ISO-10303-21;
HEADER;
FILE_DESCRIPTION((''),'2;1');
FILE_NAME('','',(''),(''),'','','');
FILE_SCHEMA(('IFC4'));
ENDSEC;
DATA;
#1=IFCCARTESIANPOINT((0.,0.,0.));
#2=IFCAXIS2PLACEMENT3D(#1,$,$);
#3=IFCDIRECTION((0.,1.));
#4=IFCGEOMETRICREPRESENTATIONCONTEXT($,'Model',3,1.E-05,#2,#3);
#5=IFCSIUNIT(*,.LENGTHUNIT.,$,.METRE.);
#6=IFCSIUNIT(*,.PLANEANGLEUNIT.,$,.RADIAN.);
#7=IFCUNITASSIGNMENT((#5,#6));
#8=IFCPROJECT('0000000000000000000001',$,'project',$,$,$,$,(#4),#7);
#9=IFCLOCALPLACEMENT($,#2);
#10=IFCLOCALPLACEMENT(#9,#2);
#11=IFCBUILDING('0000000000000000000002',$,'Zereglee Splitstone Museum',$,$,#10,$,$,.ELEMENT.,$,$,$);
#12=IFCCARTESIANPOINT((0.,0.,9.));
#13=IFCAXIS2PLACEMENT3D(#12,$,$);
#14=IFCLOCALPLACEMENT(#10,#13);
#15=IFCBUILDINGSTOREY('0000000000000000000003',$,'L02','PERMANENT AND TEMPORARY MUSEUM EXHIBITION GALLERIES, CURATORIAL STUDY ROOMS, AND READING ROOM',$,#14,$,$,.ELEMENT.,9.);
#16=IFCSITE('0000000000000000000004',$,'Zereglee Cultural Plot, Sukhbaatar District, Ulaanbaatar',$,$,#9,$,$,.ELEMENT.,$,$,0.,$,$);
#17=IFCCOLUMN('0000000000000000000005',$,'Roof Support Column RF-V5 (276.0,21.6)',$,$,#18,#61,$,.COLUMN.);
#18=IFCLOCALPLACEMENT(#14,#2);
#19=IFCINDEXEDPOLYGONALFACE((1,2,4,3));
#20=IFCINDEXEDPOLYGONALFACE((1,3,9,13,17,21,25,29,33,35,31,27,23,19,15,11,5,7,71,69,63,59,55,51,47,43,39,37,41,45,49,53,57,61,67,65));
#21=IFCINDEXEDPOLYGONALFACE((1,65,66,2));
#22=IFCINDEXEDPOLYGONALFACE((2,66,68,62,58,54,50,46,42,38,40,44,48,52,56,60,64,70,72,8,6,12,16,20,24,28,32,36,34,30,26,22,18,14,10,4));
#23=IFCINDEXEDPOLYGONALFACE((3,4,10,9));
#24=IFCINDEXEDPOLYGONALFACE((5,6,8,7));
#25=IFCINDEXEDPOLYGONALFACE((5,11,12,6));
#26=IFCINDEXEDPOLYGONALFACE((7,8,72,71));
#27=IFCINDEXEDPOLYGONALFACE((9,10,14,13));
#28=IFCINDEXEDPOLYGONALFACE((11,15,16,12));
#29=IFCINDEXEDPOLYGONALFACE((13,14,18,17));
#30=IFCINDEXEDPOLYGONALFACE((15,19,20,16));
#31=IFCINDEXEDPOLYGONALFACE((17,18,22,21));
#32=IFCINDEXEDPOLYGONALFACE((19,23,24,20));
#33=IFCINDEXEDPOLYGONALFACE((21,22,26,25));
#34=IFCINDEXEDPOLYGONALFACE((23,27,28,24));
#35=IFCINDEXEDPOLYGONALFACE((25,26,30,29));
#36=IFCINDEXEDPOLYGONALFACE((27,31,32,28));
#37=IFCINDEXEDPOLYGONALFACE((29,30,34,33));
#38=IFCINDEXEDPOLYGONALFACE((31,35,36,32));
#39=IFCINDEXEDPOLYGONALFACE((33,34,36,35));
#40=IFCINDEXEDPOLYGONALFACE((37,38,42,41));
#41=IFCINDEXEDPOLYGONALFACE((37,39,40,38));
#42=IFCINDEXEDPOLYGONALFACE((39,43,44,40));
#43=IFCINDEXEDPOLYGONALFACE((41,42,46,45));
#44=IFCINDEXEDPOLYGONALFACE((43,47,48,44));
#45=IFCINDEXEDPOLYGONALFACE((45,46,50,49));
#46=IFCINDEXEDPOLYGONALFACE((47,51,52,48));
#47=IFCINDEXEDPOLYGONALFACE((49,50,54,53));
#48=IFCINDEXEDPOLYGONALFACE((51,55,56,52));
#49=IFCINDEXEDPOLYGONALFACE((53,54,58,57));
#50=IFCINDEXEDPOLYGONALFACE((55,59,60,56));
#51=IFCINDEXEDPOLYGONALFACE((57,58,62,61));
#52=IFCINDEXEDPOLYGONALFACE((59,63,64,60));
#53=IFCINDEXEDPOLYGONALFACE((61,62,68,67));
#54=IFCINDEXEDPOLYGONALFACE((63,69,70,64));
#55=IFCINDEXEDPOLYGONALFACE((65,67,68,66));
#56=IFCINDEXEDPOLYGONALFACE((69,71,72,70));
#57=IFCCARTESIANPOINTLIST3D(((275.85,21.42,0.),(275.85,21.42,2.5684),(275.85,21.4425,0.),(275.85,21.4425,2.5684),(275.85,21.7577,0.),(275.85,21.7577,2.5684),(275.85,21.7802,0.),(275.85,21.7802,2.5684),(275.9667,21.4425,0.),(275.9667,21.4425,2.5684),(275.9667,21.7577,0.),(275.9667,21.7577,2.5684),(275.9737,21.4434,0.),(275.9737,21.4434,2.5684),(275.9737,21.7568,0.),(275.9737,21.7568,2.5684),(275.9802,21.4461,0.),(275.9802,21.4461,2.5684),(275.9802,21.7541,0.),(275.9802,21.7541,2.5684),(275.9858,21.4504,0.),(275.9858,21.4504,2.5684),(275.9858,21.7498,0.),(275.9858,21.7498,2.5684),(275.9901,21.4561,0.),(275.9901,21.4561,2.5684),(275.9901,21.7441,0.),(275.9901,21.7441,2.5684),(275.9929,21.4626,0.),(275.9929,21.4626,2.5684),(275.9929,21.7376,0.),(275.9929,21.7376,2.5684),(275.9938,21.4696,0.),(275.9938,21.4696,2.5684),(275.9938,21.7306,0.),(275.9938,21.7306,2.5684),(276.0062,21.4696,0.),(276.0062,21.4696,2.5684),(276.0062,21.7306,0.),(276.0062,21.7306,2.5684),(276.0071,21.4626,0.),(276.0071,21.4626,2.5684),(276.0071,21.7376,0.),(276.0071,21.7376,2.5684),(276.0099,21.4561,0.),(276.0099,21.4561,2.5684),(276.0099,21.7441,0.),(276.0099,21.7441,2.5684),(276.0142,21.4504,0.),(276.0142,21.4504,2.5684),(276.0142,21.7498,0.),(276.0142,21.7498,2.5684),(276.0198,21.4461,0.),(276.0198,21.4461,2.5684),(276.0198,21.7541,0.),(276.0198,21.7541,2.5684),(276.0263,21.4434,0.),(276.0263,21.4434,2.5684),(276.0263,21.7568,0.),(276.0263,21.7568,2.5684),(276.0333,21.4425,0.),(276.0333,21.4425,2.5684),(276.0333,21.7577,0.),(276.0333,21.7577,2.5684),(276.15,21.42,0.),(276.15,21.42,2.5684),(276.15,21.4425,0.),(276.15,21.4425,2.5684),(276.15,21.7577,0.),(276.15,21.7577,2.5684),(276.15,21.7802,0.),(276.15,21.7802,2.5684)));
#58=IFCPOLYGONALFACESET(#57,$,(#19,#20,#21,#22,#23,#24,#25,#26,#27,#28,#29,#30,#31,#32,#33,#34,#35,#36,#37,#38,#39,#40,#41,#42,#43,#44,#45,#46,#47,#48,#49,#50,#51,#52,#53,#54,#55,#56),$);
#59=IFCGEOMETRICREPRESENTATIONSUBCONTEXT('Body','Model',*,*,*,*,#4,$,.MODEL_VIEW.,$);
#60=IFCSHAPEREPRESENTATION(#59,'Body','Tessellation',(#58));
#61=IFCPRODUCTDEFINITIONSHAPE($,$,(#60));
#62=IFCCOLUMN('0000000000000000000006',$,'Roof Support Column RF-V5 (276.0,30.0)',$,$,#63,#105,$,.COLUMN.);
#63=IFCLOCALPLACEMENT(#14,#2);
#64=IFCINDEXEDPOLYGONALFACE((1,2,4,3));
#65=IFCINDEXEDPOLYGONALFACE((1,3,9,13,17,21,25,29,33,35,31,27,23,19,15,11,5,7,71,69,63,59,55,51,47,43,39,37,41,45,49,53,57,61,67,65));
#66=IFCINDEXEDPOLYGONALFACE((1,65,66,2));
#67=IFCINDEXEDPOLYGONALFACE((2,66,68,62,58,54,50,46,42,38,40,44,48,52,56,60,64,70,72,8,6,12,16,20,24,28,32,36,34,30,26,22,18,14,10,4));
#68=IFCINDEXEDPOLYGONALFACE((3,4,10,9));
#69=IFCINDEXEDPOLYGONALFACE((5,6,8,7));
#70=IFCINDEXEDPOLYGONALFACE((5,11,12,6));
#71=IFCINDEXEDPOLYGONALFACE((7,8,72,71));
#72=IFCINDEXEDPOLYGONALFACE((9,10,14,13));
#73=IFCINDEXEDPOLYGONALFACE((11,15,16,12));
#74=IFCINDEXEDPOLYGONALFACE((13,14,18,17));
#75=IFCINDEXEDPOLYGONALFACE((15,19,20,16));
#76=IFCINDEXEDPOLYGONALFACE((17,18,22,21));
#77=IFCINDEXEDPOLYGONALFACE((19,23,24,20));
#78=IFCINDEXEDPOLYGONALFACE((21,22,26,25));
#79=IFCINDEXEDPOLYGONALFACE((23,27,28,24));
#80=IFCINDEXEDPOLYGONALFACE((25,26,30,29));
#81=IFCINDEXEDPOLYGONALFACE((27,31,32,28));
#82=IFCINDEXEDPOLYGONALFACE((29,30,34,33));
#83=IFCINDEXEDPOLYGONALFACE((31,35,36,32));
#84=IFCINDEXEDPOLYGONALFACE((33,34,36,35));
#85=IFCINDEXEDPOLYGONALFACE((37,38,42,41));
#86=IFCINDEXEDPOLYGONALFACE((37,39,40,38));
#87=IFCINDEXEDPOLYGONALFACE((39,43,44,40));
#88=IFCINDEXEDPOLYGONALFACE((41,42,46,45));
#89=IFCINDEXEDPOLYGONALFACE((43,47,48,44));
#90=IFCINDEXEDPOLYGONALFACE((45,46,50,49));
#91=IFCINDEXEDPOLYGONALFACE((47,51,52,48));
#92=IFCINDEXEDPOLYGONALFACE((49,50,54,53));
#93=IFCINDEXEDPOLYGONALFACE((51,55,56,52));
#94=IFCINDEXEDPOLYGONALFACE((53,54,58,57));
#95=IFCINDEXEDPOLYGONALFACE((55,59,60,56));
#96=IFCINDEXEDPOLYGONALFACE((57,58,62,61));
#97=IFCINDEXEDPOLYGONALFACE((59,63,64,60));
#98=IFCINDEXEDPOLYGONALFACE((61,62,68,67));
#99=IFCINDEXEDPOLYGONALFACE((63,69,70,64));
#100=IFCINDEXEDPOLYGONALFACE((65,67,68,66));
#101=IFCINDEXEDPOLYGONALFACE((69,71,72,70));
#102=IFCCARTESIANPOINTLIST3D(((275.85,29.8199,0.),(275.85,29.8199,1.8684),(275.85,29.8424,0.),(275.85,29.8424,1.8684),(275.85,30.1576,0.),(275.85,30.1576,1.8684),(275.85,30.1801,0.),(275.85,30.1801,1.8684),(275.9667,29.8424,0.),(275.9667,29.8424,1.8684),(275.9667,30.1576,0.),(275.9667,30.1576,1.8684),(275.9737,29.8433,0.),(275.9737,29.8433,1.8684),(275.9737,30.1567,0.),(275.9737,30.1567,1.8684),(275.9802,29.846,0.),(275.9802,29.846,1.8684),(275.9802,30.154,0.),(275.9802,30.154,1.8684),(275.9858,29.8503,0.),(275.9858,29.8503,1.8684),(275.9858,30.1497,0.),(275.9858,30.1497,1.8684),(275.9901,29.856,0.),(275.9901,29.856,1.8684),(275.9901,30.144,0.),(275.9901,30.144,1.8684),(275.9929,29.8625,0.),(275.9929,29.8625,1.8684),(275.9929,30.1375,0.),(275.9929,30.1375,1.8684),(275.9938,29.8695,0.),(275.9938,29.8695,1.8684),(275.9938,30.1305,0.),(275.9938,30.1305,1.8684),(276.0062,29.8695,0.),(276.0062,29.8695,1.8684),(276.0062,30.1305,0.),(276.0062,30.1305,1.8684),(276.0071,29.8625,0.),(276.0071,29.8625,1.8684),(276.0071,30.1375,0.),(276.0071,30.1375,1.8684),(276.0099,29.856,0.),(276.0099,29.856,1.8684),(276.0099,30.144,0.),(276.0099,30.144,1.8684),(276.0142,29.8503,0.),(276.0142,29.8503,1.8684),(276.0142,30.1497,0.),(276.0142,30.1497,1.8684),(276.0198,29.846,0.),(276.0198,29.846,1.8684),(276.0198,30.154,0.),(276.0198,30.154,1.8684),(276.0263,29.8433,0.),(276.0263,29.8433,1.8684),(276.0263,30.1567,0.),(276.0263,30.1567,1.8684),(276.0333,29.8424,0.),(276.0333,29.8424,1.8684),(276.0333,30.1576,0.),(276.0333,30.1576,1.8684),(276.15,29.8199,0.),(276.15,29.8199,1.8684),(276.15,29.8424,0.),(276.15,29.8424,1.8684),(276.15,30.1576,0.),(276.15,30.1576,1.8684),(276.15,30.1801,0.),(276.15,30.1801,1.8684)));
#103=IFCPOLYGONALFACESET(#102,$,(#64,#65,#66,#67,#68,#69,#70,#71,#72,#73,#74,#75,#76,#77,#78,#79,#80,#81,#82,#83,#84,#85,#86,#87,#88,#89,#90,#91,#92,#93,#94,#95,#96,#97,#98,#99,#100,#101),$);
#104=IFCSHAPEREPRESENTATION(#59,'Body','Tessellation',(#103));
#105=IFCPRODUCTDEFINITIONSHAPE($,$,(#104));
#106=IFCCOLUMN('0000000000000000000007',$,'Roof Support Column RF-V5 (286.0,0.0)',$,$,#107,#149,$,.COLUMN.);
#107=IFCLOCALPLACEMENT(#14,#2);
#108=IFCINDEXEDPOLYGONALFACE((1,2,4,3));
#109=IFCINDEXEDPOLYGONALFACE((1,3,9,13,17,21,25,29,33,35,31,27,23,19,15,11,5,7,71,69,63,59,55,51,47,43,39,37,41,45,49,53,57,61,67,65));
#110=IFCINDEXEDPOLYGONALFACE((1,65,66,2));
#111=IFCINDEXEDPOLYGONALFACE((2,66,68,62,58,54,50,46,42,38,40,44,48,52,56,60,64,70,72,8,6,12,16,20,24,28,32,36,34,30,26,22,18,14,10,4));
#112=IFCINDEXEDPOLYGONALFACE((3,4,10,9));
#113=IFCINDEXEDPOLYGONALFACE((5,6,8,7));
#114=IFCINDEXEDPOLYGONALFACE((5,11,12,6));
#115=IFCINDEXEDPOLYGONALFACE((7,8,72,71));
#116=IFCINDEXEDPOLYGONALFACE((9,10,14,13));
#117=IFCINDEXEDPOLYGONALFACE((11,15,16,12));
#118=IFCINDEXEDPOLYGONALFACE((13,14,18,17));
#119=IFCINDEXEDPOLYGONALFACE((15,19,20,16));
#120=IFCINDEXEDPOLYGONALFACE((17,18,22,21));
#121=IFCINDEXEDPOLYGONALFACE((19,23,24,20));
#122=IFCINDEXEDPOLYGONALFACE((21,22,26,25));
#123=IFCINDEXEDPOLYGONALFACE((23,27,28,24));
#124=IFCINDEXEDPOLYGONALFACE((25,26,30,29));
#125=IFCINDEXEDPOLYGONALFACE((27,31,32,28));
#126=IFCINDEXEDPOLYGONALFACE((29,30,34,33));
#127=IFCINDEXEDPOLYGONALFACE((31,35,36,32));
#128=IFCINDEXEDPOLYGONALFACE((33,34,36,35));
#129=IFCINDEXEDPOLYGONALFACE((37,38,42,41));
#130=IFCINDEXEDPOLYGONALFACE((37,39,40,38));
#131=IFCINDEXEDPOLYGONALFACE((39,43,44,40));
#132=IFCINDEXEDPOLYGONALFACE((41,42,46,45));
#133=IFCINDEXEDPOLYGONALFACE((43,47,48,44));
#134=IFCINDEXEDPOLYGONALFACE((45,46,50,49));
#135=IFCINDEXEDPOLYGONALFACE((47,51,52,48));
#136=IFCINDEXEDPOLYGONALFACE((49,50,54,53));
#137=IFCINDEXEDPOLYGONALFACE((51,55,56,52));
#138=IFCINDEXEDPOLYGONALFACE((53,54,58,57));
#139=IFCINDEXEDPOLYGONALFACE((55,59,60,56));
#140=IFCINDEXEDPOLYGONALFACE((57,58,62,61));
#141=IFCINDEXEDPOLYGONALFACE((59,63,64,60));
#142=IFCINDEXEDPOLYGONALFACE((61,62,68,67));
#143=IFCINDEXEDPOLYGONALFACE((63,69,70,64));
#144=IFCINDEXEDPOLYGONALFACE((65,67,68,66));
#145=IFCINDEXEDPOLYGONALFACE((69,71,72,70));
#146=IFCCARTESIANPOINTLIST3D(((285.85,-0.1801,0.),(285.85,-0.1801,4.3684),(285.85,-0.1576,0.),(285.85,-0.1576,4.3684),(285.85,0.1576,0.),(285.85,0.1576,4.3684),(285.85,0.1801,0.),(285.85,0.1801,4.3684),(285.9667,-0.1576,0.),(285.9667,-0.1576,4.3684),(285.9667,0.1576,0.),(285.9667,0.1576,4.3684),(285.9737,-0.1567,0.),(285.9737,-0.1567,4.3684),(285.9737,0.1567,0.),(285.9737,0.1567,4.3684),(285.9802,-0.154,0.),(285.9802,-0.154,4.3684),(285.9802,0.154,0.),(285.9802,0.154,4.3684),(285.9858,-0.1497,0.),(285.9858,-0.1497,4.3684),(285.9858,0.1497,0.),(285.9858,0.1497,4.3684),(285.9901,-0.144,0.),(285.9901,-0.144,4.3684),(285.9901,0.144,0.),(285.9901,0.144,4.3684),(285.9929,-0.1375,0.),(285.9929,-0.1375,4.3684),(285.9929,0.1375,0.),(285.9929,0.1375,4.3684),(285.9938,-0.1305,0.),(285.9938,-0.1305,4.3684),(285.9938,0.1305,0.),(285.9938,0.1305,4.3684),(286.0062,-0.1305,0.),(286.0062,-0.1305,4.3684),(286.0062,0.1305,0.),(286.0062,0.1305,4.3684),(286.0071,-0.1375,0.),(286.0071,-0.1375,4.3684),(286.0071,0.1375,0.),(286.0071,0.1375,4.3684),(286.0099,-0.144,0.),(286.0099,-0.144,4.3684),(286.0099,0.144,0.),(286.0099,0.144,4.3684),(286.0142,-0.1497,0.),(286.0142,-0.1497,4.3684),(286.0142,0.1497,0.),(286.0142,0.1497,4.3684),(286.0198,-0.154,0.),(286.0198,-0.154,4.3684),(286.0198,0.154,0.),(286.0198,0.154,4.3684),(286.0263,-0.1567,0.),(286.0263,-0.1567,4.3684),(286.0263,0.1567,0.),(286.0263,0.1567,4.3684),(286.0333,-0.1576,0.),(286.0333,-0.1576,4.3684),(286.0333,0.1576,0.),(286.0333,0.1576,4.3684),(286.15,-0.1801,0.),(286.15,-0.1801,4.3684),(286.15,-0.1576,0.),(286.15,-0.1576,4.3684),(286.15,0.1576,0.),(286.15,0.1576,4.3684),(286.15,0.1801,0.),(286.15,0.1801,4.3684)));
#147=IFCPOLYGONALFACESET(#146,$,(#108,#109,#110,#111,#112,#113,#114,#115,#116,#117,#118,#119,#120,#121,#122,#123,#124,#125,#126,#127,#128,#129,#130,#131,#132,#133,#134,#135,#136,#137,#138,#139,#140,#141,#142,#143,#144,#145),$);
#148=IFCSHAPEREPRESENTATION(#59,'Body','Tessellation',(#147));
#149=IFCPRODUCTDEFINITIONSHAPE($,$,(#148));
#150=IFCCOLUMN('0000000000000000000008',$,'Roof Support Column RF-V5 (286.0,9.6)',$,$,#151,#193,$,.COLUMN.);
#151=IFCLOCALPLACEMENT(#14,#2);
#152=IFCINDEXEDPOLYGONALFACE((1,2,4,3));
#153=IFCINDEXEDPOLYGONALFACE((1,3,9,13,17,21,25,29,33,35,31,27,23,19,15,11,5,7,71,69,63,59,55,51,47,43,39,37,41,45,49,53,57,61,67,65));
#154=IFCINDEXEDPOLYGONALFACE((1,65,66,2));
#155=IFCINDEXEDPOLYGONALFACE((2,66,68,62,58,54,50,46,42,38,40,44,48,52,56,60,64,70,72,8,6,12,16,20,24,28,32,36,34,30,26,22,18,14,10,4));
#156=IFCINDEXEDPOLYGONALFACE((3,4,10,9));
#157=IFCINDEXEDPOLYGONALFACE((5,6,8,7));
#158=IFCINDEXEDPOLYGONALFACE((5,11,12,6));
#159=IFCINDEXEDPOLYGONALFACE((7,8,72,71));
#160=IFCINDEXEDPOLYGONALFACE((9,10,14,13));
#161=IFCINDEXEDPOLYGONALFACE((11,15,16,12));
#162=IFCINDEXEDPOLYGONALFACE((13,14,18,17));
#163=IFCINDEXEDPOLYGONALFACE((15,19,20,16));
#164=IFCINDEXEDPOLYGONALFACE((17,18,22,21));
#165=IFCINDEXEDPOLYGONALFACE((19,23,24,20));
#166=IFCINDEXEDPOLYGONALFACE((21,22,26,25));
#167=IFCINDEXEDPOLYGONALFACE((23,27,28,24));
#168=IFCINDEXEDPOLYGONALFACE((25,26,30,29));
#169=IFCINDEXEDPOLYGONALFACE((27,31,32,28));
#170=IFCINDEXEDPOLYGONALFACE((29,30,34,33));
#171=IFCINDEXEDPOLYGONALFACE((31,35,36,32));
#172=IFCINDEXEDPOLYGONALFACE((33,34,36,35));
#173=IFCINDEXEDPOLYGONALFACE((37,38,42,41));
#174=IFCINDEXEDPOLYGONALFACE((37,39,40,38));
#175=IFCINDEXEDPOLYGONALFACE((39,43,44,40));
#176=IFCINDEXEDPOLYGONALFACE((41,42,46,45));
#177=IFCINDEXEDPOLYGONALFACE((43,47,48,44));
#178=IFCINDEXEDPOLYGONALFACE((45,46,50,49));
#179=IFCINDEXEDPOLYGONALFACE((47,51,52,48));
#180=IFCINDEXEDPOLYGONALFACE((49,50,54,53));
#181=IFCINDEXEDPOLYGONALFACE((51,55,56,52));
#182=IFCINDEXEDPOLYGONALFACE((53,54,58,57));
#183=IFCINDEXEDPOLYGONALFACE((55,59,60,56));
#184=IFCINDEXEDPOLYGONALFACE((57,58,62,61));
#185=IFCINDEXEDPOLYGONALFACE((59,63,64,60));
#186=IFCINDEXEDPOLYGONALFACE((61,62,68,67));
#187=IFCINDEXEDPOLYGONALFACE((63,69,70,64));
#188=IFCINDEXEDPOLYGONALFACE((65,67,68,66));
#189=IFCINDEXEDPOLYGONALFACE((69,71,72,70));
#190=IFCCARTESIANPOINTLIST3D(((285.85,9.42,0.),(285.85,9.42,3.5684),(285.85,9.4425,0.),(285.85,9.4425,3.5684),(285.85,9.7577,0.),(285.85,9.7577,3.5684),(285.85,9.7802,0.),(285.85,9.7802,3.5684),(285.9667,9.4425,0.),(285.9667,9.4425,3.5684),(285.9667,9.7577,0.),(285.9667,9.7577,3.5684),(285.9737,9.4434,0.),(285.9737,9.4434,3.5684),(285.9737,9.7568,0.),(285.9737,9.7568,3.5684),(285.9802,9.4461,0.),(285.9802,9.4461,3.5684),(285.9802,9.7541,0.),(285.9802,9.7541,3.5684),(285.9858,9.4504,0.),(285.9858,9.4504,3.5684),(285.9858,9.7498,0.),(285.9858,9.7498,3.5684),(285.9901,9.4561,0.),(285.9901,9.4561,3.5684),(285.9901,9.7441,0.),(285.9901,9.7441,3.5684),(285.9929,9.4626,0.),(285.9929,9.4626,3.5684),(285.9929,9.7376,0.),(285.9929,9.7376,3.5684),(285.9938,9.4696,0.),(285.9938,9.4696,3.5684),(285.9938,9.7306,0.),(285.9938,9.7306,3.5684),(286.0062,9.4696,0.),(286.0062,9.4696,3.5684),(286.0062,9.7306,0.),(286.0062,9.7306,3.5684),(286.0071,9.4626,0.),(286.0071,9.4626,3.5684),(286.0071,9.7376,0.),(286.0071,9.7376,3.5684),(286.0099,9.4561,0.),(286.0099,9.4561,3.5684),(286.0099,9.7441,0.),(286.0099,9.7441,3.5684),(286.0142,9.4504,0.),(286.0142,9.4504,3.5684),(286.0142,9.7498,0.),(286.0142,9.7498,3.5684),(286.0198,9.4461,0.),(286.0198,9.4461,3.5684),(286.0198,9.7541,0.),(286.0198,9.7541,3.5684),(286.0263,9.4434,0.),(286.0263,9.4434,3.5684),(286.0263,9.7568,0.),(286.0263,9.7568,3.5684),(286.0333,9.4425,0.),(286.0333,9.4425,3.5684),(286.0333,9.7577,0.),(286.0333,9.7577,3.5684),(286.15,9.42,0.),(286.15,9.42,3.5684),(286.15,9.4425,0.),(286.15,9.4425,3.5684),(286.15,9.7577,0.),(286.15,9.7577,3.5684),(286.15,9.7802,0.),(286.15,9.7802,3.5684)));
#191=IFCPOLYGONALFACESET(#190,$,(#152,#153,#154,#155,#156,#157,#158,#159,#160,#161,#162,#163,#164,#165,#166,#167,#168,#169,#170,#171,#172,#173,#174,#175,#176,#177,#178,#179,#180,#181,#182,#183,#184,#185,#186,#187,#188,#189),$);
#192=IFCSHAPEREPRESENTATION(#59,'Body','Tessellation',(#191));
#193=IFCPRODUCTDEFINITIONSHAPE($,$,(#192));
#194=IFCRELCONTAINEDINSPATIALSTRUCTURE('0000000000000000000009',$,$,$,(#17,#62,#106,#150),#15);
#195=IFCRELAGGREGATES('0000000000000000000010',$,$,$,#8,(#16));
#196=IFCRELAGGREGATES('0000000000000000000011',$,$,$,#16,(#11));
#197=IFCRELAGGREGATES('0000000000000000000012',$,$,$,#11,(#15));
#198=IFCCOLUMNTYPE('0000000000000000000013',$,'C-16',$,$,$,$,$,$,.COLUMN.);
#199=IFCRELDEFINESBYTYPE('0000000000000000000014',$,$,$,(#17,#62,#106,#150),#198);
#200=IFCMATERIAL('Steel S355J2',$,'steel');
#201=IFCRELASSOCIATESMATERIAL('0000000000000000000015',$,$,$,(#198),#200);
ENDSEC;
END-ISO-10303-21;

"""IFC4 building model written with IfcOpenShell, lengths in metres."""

from ifc_helpers import new_model, si_unit, direction, frame, origin, origin_2d, place, context, subcontext, project, spatial, i_section, extrude, material, material_profile, profile_set, type_object, element, save


model = new_model("IFC4")

# Units and contexts
model_context = context("Model", 3, precision=1e-05, world=origin(), true_north=direction((0.0, 1.0)))
body_context = subcontext(model_context, "Body", "Model", "MODEL_VIEW")
ifc_project = project(units=[si_unit("LENGTHUNIT", "METRE"), si_unit("PLANEANGLEUNIT", "RADIAN")], contexts=[model_context])

# Site, building, storey
site_placement = place(None, origin())
site = spatial("IfcSite", under=ifc_project, at=site_placement, Name="Zereglee Cultural Plot, Sukhbaatar District, Ulaanbaatar", CompositionType="ELEMENT", RefElevation=0.0)
building_placement = place(site_placement, origin())
building = spatial("IfcBuilding", under=site, at=building_placement, Name="Zereglee Splitstone Museum", CompositionType="ELEMENT")
storey_placement = place(building_placement, frame((0.0, 0.0, 9.0)))
storey = spatial("IfcBuildingStorey", under=building, at=storey_placement, Name="L02", Description="PERMANENT AND TEMPORARY MUSEUM EXHIBITION GALLERIES, CURATORIAL STUDY ROOMS, AND READING ROOM", CompositionType="ELEMENT", Elevation=9.0)

# Columns
ifc_material_1 = material(Name="Steel S355J2", Category="steel")
ifc_material_profile_1 = material_profile(ifc_material_1, i_section(OverallWidth=0.3, OverallDepth=0.3601, WebThickness=0.0125, FlangeThickness=0.0225, FilletRadius=0.0271, at=origin_2d()), Name="HE 360 B")
ifc_profile_set_1 = profile_set([ifc_material_profile_1], Name="Steel S355J2")
column_type = type_object("IfcColumnType", Name="C-16", PredefinedType="COLUMN", material=ifc_profile_set_1)
column_1_placement = place(storey_placement, frame((276.0, 21.6001, 0.0), z_axis=(0.0, 0.0, 1.0), x_axis=(1.0, 0.0, 0.0)))
element("IfcColumn", 1, at=column_1_placement, inside=storey, type_object=column_type, Name="Roof Support Column RF-V5 (276.0,21.6)", PredefinedType="COLUMN", context=body_context, shape_type="SweptSolid", body=[
    extrude(i_section(OverallWidth=0.3, OverallDepth=0.3601, WebThickness=0.0125, FlangeThickness=0.0225, FilletRadius=0.0271, at=origin_2d()), origin(), (0.0, 0.0, 1.0), 2.5684),
])
column_2_placement = place(storey_placement, frame((276.0, 30.0, 0.0), z_axis=(0.0, 0.0, 1.0), x_axis=(1.0, 0.0, 0.0)))
element("IfcColumn", 2, at=column_2_placement, inside=storey, type_object=column_type, Name="Roof Support Column RF-V5 (276.0,30.0)", PredefinedType="COLUMN", context=body_context, shape_type="SweptSolid", body=[
    extrude(i_section(OverallWidth=0.3, OverallDepth=0.3601, WebThickness=0.0125, FlangeThickness=0.0225, FilletRadius=0.0271, at=origin_2d()), origin(), (0.0, 0.0, 1.0), 1.8684),
])
column_3_placement = place(storey_placement, frame((286.0, 0.0, 0.0), z_axis=(0.0, 0.0, 1.0), x_axis=(1.0, 0.0, 0.0)))
element("IfcColumn", 3, at=column_3_placement, inside=storey, type_object=column_type, Name="Roof Support Column RF-V5 (286.0,0.0)", PredefinedType="COLUMN", context=body_context, shape_type="SweptSolid", body=[
    extrude(i_section(OverallWidth=0.3, OverallDepth=0.3601, WebThickness=0.0125, FlangeThickness=0.0225, FilletRadius=0.0271, at=origin_2d()), origin(), (0.0, 0.0, 1.0), 4.3684),
])
column_4_placement = place(storey_placement, frame((286.0, 9.6001, 0.0), z_axis=(0.0, 0.0, 1.0), x_axis=(1.0, 0.0, 0.0)))
element("IfcColumn", 4, at=column_4_placement, inside=storey, type_object=column_type, Name="Roof Support Column RF-V5 (286.0,9.6)", PredefinedType="COLUMN", context=body_context, shape_type="SweptSolid", body=[
    extrude(i_section(OverallWidth=0.3, OverallDepth=0.3601, WebThickness=0.0125, FlangeThickness=0.0225, FilletRadius=0.0271, at=origin_2d()), origin(), (0.0, 0.0, 1.0), 3.5684),
])

save(model, "model.ifc")
